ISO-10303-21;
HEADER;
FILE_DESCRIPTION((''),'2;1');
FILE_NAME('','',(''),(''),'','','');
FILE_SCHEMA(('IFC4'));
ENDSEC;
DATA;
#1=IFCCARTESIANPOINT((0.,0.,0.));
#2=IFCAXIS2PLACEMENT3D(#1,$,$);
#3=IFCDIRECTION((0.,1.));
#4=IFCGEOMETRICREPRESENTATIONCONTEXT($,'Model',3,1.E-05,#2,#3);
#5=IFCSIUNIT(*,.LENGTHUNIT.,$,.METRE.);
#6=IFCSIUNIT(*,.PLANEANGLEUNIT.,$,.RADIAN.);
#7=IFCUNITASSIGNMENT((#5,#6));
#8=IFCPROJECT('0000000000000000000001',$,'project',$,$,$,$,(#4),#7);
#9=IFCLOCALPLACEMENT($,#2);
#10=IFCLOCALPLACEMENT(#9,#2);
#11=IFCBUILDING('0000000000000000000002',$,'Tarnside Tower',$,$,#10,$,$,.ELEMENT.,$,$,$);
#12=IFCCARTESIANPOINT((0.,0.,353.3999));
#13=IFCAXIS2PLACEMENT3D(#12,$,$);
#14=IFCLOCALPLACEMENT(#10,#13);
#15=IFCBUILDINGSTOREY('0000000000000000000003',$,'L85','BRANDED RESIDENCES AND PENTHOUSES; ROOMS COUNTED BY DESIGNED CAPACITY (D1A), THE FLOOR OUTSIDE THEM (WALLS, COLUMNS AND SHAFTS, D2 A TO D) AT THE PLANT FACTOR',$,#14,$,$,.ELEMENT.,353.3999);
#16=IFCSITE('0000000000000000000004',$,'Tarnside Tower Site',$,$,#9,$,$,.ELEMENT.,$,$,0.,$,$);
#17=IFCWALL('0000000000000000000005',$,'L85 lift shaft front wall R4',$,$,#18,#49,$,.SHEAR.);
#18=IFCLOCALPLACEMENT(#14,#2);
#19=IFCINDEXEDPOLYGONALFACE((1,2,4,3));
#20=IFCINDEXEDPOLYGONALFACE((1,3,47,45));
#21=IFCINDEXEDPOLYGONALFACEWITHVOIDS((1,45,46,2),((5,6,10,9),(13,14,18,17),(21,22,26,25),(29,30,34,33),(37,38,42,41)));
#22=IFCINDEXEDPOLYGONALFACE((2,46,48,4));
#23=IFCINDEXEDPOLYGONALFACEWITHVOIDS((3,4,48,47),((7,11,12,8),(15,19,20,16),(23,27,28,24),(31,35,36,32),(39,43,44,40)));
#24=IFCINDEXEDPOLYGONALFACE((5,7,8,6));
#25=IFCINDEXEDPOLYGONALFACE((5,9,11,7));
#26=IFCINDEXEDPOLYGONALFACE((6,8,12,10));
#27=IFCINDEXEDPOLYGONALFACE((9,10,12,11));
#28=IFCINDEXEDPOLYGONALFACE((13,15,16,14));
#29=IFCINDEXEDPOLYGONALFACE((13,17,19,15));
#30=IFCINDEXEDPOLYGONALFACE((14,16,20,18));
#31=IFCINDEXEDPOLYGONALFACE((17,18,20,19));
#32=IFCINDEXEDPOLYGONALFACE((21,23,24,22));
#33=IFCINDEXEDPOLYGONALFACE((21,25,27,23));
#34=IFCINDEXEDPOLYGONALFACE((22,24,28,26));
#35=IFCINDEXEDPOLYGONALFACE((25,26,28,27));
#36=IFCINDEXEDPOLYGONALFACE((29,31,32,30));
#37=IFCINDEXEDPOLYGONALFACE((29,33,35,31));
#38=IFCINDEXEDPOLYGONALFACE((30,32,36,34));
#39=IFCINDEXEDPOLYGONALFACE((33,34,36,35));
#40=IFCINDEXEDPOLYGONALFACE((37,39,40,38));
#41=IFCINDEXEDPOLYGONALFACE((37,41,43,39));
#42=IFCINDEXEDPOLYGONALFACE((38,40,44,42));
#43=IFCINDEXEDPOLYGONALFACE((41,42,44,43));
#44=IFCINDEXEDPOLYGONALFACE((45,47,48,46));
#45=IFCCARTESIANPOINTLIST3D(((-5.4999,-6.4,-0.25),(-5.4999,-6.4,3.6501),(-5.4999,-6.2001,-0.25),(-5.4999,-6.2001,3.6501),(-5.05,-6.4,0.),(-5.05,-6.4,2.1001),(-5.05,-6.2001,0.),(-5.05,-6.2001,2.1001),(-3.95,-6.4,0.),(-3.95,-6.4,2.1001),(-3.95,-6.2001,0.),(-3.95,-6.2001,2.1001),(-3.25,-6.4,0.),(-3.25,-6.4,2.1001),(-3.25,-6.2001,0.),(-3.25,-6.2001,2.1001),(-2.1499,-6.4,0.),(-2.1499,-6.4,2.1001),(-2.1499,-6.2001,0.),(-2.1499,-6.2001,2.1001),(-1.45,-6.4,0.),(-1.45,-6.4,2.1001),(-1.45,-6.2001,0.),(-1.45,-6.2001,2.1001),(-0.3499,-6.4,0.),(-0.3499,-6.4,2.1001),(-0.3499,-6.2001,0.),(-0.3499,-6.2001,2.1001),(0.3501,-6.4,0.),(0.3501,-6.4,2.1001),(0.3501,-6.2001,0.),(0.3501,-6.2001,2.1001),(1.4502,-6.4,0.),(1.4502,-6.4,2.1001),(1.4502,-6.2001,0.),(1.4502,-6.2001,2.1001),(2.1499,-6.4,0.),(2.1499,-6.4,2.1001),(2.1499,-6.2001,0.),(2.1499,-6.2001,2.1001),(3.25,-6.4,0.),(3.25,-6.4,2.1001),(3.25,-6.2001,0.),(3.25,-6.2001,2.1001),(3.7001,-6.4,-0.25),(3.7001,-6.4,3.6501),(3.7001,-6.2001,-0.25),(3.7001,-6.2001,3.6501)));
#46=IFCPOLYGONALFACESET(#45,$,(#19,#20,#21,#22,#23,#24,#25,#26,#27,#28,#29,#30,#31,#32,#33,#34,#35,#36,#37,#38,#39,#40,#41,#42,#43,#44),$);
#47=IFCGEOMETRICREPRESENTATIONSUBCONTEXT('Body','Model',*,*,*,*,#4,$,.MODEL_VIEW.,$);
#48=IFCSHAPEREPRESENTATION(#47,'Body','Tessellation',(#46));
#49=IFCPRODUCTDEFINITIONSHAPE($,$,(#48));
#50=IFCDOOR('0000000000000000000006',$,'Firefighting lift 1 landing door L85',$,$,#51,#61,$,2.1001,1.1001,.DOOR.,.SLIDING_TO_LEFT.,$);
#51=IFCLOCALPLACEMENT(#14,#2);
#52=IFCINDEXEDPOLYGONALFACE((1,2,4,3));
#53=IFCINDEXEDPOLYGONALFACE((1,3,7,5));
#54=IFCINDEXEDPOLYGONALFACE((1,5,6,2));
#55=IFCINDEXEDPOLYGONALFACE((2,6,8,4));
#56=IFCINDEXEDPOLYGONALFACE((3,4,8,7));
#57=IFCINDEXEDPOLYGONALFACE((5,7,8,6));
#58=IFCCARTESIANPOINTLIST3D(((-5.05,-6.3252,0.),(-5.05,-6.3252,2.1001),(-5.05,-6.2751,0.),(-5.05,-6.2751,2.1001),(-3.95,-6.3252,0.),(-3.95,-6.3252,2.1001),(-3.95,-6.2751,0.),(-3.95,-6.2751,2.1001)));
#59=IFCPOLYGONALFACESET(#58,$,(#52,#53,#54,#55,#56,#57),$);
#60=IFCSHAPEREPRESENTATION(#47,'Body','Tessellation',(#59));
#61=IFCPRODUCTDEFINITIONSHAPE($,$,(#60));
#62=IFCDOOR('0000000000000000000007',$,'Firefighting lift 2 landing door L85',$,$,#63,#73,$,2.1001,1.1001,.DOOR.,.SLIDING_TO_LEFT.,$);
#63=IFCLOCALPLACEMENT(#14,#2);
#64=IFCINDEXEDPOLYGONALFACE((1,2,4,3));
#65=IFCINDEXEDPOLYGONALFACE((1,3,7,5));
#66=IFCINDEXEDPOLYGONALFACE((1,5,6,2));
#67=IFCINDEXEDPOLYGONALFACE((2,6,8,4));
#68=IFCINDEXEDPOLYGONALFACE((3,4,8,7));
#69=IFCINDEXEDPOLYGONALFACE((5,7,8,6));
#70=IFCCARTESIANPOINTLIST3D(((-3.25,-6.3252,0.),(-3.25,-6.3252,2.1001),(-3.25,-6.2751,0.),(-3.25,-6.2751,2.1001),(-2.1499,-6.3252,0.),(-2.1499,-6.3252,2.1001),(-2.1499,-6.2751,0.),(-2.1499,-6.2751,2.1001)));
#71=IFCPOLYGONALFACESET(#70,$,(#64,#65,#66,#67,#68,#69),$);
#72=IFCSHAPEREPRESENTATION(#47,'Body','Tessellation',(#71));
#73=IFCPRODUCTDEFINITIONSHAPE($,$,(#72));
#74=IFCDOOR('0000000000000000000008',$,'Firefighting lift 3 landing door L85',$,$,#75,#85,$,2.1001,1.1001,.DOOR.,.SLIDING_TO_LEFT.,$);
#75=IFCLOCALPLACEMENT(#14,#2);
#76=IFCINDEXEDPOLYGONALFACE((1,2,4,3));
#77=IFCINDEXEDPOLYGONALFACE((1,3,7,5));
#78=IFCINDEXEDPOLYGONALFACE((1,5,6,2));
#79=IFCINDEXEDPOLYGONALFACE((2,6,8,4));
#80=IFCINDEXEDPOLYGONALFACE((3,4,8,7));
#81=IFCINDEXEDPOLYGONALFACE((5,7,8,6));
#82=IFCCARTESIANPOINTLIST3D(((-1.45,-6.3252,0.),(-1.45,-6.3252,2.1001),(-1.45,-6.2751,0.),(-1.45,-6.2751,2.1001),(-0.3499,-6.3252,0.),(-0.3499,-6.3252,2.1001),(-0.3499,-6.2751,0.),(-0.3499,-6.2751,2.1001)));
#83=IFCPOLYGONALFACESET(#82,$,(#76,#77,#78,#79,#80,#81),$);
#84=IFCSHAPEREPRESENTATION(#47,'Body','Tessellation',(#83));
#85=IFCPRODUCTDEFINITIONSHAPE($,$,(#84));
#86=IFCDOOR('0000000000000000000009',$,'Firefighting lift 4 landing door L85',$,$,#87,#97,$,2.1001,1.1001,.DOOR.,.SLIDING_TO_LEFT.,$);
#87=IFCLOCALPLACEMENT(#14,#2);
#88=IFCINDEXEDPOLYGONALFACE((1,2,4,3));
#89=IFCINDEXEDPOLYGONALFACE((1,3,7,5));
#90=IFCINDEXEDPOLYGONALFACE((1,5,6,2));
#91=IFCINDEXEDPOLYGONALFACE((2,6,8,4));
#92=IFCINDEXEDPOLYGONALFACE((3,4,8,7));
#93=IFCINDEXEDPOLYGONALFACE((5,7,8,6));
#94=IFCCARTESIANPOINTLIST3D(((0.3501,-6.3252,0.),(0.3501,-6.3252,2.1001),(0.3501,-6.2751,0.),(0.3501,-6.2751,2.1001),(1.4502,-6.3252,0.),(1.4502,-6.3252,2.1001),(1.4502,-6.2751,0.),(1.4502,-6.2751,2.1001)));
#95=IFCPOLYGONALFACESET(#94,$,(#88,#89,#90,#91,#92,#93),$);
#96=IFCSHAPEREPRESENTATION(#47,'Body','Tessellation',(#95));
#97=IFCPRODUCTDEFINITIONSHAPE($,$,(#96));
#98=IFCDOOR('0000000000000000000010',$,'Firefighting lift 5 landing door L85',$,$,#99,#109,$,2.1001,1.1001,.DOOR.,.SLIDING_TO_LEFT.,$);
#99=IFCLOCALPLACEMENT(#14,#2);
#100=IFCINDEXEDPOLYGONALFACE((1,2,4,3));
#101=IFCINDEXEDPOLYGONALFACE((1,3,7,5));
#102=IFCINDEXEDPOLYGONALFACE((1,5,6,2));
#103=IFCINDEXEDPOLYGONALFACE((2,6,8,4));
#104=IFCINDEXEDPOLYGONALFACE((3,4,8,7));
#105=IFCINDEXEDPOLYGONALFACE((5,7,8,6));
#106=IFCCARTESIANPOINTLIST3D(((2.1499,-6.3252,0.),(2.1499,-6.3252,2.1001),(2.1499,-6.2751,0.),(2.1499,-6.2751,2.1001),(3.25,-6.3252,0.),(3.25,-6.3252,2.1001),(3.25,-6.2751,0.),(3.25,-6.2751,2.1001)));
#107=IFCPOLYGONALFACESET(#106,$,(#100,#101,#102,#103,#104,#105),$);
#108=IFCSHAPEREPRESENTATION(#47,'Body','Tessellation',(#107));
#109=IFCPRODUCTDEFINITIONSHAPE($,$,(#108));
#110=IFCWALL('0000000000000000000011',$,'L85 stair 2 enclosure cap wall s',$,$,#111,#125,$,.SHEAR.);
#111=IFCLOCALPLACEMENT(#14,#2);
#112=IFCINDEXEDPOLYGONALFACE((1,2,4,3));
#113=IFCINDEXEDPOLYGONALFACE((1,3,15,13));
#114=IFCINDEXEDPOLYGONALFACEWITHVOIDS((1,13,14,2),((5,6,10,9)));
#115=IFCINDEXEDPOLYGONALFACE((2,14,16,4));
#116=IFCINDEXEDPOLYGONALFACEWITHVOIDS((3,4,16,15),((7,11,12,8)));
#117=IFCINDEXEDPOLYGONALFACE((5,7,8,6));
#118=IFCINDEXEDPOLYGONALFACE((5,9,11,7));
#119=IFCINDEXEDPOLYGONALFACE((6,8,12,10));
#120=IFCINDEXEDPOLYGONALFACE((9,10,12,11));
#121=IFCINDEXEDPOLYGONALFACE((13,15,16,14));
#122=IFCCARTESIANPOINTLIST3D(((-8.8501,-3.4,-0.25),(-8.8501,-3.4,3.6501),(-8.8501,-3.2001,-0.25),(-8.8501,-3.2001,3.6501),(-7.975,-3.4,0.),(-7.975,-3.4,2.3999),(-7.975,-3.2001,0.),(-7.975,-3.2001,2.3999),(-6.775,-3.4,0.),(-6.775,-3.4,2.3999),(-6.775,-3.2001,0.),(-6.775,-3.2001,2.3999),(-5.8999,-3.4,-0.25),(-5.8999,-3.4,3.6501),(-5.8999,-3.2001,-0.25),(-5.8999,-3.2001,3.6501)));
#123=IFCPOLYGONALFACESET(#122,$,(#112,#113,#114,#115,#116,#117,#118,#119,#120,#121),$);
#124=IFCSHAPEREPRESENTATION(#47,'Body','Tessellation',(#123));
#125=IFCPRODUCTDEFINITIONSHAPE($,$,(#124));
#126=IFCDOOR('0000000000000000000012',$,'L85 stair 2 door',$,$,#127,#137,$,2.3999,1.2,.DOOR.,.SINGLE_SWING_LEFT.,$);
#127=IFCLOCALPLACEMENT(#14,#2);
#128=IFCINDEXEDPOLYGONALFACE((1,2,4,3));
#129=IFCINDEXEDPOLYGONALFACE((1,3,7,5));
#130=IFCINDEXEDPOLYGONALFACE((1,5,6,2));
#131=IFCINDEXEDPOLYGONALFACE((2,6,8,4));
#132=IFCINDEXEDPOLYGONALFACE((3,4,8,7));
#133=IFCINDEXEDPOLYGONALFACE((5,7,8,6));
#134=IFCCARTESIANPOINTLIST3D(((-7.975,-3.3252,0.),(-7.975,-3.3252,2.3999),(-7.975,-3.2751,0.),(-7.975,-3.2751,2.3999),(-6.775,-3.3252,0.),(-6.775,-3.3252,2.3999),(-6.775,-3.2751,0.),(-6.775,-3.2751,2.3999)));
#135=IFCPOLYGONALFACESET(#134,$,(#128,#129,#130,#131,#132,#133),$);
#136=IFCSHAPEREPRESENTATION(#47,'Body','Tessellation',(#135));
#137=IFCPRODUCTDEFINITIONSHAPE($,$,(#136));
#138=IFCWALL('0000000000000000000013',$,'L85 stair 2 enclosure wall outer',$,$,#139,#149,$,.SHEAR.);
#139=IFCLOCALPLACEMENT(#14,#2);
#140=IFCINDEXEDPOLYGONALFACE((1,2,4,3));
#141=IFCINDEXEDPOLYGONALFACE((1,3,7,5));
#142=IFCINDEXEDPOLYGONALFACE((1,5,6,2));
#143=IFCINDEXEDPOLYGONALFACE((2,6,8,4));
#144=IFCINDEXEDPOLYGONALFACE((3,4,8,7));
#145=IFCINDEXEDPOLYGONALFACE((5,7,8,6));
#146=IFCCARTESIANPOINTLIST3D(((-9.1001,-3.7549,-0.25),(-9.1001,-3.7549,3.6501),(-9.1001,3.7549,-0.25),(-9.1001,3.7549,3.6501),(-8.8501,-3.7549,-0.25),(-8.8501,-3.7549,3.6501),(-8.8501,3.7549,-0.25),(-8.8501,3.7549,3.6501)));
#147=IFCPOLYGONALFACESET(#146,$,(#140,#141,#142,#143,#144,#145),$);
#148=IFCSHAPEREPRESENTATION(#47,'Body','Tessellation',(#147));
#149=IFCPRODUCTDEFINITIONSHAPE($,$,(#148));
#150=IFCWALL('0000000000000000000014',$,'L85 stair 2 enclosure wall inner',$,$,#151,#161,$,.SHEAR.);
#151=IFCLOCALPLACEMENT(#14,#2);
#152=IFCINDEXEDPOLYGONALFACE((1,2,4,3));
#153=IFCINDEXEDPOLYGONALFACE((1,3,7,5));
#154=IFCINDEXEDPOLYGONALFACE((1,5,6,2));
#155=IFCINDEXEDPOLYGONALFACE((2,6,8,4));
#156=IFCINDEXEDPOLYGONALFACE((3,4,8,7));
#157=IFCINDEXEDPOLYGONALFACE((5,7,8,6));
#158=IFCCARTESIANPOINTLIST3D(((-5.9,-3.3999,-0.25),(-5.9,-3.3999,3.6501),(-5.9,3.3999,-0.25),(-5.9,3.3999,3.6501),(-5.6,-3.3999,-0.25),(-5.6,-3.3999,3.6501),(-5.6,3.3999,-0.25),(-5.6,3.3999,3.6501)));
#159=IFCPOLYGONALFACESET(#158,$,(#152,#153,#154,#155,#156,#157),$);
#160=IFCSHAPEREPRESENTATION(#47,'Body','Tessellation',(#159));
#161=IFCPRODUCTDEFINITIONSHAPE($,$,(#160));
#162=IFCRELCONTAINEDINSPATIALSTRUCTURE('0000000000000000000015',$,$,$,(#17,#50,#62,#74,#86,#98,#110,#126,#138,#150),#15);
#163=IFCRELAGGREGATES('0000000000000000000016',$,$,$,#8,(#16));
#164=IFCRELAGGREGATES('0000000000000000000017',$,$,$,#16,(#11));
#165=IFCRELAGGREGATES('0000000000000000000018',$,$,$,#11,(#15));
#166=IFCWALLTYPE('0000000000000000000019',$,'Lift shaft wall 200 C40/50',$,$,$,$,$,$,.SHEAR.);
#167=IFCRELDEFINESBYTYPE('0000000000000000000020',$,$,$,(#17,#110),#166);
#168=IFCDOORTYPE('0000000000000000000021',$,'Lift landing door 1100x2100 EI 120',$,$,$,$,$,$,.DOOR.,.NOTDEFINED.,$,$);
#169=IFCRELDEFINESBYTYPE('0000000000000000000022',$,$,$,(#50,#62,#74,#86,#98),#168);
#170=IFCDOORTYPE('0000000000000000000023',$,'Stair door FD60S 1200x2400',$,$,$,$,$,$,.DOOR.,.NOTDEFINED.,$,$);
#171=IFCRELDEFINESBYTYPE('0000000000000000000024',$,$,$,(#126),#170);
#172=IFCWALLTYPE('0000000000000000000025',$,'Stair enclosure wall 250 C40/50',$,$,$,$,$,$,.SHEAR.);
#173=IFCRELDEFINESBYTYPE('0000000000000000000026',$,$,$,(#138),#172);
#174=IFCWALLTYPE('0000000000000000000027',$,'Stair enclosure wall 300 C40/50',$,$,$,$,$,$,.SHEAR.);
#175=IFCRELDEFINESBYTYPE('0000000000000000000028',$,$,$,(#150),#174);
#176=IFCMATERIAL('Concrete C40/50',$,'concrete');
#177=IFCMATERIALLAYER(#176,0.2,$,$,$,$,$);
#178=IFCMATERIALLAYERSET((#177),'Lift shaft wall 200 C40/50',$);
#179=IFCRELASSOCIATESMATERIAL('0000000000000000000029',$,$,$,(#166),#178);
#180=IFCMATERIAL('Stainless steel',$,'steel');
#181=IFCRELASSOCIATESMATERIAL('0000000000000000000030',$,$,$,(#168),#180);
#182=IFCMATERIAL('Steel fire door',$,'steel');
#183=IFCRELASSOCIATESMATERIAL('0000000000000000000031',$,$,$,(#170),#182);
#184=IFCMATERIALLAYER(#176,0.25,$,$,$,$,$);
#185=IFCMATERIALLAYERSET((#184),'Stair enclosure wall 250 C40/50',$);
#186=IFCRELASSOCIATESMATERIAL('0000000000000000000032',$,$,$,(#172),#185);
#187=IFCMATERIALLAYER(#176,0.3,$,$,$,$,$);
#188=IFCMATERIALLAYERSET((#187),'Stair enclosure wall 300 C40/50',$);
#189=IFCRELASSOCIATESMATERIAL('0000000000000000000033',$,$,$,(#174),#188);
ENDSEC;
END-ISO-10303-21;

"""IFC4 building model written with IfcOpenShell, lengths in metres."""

from ifc_helpers import new_model, si_unit, direction, frame, frame_2d, origin, place, context, subcontext, project, spatial, rectangle, extrude, material, layer, layer_set, type_object, element, fill, save


model = new_model("IFC4")

# Units and contexts
model_context = context("Model", 3, precision=1e-05, world=origin(), true_north=direction((0.0, 1.0)))
body_context = subcontext(model_context, "Body", "Model", "MODEL_VIEW")
ifc_project = project(units=[si_unit("LENGTHUNIT", "METRE"), si_unit("PLANEANGLEUNIT", "RADIAN")], contexts=[model_context])

# Site, building, storey
site_placement = place(None, origin())
site = spatial("IfcSite", under=ifc_project, at=site_placement, Name="Tarnside Tower Site", CompositionType="ELEMENT", RefElevation=0.0)
building_placement = place(site_placement, origin())
building = spatial("IfcBuilding", under=site, at=building_placement, Name="Tarnside Tower", CompositionType="ELEMENT")
storey_placement = place(building_placement, frame((0.0, 0.0, 353.3999)))
storey = spatial("IfcBuildingStorey", under=building, at=storey_placement, Name="L85", Description="BRANDED RESIDENCES AND PENTHOUSES; ROOMS COUNTED BY DESIGNED CAPACITY (D1A), THE FLOOR OUTSIDE THEM (WALLS, COLUMNS AND SHAFTS, D2 A TO D) AT THE PLANT FACTOR", CompositionType="ELEMENT", Elevation=353.3999)

# Shared definitions
ifc_material_1 = material(Name="Concrete C40/50", Category="concrete")
ifc_material_2 = material(Name="Steel fire door", Category="steel")

# Shared definitions
ifc_layer_1 = layer(ifc_material_1, 0.2)
ifc_layer_set_1 = layer_set([ifc_layer_1], Name="Lift shaft wall 200 C40/50")
wall_type_1 = type_object("IfcWallType", Name="Lift shaft wall 200 C40/50", PredefinedType="SHEAR", material=ifc_layer_set_1)

# Wall, openings, doors
wall_1_placement = place(storey_placement, frame((-5.5, -6.3, -0.25), z_axis=(0.0, 0.0, 1.0), x_axis=(1.0, 0.0, 0.0)))
wall_1 = element("IfcWall", 1, at=wall_1_placement, inside=storey, type_object=wall_type_1, Name="L85 lift shaft front wall R4", PredefinedType="SHEAR", context=body_context, shape_type="SweptSolid", body=[
    extrude(rectangle(XDim=9.2, YDim=0.2, at=frame_2d((4.6001, 0.0))), origin(), (0.0, 0.0, 1.0), 3.9001),
])
opening_1_placement = place(wall_1_placement, frame((0.45, 0.0, 0.25)))
opening_1 = element("IfcOpeningElement", 2, at=opening_1_placement, cuts=wall_1, PredefinedType="OPENING", context=body_context, shape_type="SweptSolid", body=[
    extrude(rectangle(XDim=1.1001, YDim=2.1001, at=frame_2d((0.55, 1.05))), frame((0.0, 0.1099, 0.0), z_axis=(0.0, -1.0, 0.0), x_axis=(1.0, 0.0, 0.0)), (0.0, 0.0, 1.0), 0.22),
])
opening_2_placement = place(wall_1_placement, frame((2.25, 0.0, 0.25)))
opening_2 = element("IfcOpeningElement", 3, at=opening_2_placement, cuts=wall_1, PredefinedType="OPENING", context=body_context, shape_type="SweptSolid", body=[
    extrude(rectangle(XDim=1.1001, YDim=2.1001, at=frame_2d((0.55, 1.05))), frame((0.0, 0.1099, 0.0), z_axis=(0.0, -1.0, 0.0), x_axis=(1.0, 0.0, 0.0)), (0.0, 0.0, 1.0), 0.22),
])
opening_3_placement = place(wall_1_placement, frame((4.05, 0.0, 0.25)))
opening_3 = element("IfcOpeningElement", 4, at=opening_3_placement, cuts=wall_1, PredefinedType="OPENING", context=body_context, shape_type="SweptSolid", body=[
    extrude(rectangle(XDim=1.1001, YDim=2.1001, at=frame_2d((0.55, 1.05))), frame((0.0, 0.1099, 0.0), z_axis=(0.0, -1.0, 0.0), x_axis=(1.0, 0.0, 0.0)), (0.0, 0.0, 1.0), 0.22),
])
opening_4_placement = place(wall_1_placement, frame((5.8501, 0.0, 0.25)))
opening_4 = element("IfcOpeningElement", 5, at=opening_4_placement, cuts=wall_1, PredefinedType="OPENING", context=body_context, shape_type="SweptSolid", body=[
    extrude(rectangle(XDim=1.1001, YDim=2.1001, at=frame_2d((0.55, 1.05))), frame((0.0, 0.1099, 0.0), z_axis=(0.0, -1.0, 0.0), x_axis=(1.0, 0.0, 0.0)), (0.0, 0.0, 1.0), 0.22),
])
opening_5_placement = place(wall_1_placement, frame((7.6499, 0.0, 0.25)))
opening_5 = element("IfcOpeningElement", 6, at=opening_5_placement, cuts=wall_1, PredefinedType="OPENING", context=body_context, shape_type="SweptSolid", body=[
    extrude(rectangle(XDim=1.1001, YDim=2.1001, at=frame_2d((0.55, 1.05))), frame((0.0, 0.1099, 0.0), z_axis=(0.0, -1.0, 0.0), x_axis=(1.0, 0.0, 0.0)), (0.0, 0.0, 1.0), 0.22),
])
ifc_material_3 = material(Name="Stainless steel", Category="steel")
door_type_1 = type_object("IfcDoorType", Name="Lift landing door 1100x2100 EI 120", OperationType="NOTDEFINED", PredefinedType="DOOR", material=ifc_material_3)
door_1_placement = place(opening_1_placement, origin())
door_1 = element("IfcDoor", 7, at=door_1_placement, inside=storey, type_object=door_type_1, Name="Firefighting lift 1 landing door L85", OperationType="SLIDING_TO_LEFT", OverallHeight=2.1001, OverallWidth=1.1001, PredefinedType="DOOR", context=body_context, shape_type="SweptSolid", body=[
    extrude(rectangle(XDim=1.1001, YDim=2.1001, at=frame_2d((0.55, 1.05))), frame((0.0, 0.0249, 0.0), z_axis=(0.0, -1.0, 0.0), x_axis=(1.0, 0.0, 0.0)), (0.0, 0.0, 1.0), 0.05),
])
fill(opening_1, door_1)
door_2_placement = place(opening_2_placement, origin())
door_2 = element("IfcDoor", 8, at=door_2_placement, inside=storey, type_object=door_type_1, Name="Firefighting lift 2 landing door L85", OperationType="SLIDING_TO_LEFT", OverallHeight=2.1001, OverallWidth=1.1001, PredefinedType="DOOR", context=body_context, shape_type="SweptSolid", body=[
    extrude(rectangle(XDim=1.1001, YDim=2.1001, at=frame_2d((0.55, 1.05))), frame((0.0, 0.0249, 0.0), z_axis=(0.0, -1.0, 0.0), x_axis=(1.0, 0.0, 0.0)), (0.0, 0.0, 1.0), 0.05),
])
fill(opening_2, door_2)
door_3_placement = place(opening_3_placement, origin())
door_3 = element("IfcDoor", 9, at=door_3_placement, inside=storey, type_object=door_type_1, Name="Firefighting lift 3 landing door L85", OperationType="SLIDING_TO_LEFT", OverallHeight=2.1001, OverallWidth=1.1001, PredefinedType="DOOR", context=body_context, shape_type="SweptSolid", body=[
    extrude(rectangle(XDim=1.1001, YDim=2.1001, at=frame_2d((0.55, 1.05))), frame((0.0, 0.0249, 0.0), z_axis=(0.0, -1.0, 0.0), x_axis=(1.0, 0.0, 0.0)), (0.0, 0.0, 1.0), 0.05),
])
fill(opening_3, door_3)
door_4_placement = place(opening_4_placement, origin())
door_4 = element("IfcDoor", 10, at=door_4_placement, inside=storey, type_object=door_type_1, Name="Firefighting lift 4 landing door L85", OperationType="SLIDING_TO_LEFT", OverallHeight=2.1001, OverallWidth=1.1001, PredefinedType="DOOR", context=body_context, shape_type="SweptSolid", body=[
    extrude(rectangle(XDim=1.1001, YDim=2.1001, at=frame_2d((0.55, 1.05))), frame((0.0, 0.0249, 0.0), z_axis=(0.0, -1.0, 0.0), x_axis=(1.0, 0.0, 0.0)), (0.0, 0.0, 1.0), 0.05),
])
fill(opening_4, door_4)
door_5_placement = place(opening_5_placement, origin())
door_5 = element("IfcDoor", 11, at=door_5_placement, inside=storey, type_object=door_type_1, Name="Firefighting lift 5 landing door L85", OperationType="SLIDING_TO_LEFT", OverallHeight=2.1001, OverallWidth=1.1001, PredefinedType="DOOR", context=body_context, shape_type="SweptSolid", body=[
    extrude(rectangle(XDim=1.1001, YDim=2.1001, at=frame_2d((0.55, 1.05))), frame((0.0, 0.0249, 0.0), z_axis=(0.0, -1.0, 0.0), x_axis=(1.0, 0.0, 0.0)), (0.0, 0.0, 1.0), 0.05),
])
fill(opening_5, door_5)

# Wall, opening, door
wall_2_placement = place(storey_placement, frame((-8.8501, -3.3, -0.25), z_axis=(0.0, 0.0, 1.0), x_axis=(1.0, 0.0, 0.0)))
wall_2 = element("IfcWall", 12, at=wall_2_placement, inside=storey, type_object=wall_type_1, Name="L85 stair 2 enclosure cap wall s", PredefinedType="SHEAR", context=body_context, shape_type="SweptSolid", body=[
    extrude(rectangle(XDim=2.9502, YDim=0.2, at=frame_2d((1.4751, 0.0))), origin(), (0.0, 0.0, 1.0), 3.9001),
])
opening_6_placement = place(wall_2_placement, frame((0.875, 0.0, 0.25)))
opening_6 = element("IfcOpeningElement", 13, at=opening_6_placement, cuts=wall_2, PredefinedType="OPENING", context=body_context, shape_type="SweptSolid", body=[
    extrude(rectangle(XDim=1.2, YDim=2.3999, at=frame_2d((0.6001, 1.2))), frame((0.0, 0.1099, 0.0), z_axis=(0.0, -1.0, 0.0), x_axis=(1.0, 0.0, 0.0)), (0.0, 0.0, 1.0), 0.22),
])
door_type_2 = type_object("IfcDoorType", Name="Stair door FD60S 1200x2400", OperationType="NOTDEFINED", PredefinedType="DOOR", material=ifc_material_2)
door_6_placement = place(opening_6_placement, origin())
door_6 = element("IfcDoor", 14, at=door_6_placement, inside=storey, type_object=door_type_2, Name="L85 stair 2 door", OperationType="SINGLE_SWING_LEFT", OverallHeight=2.3999, OverallWidth=1.2, PredefinedType="DOOR", context=body_context, shape_type="SweptSolid", body=[
    extrude(rectangle(XDim=1.2, YDim=2.3999, at=frame_2d((0.6001, 1.2))), frame((0.0, 0.0249, 0.0), z_axis=(0.0, -1.0, 0.0), x_axis=(1.0, 0.0, 0.0)), (0.0, 0.0, 1.0), 0.05),
])
fill(opening_6, door_6)

# Walls
ifc_layer_2 = layer(ifc_material_1, 0.25)
ifc_layer_set_2 = layer_set([ifc_layer_2], Name="Stair enclosure wall 250 C40/50")
wall_type_2 = type_object("IfcWallType", Name="Stair enclosure wall 250 C40/50", PredefinedType="SHEAR", material=ifc_layer_set_2)
wall_3_placement = place(storey_placement, frame((-8.9751, -3.7549, -0.25), z_axis=(0.0, 0.0, 1.0), x_axis=(0.0, 1.0, 0.0)))
element("IfcWall", 15, at=wall_3_placement, inside=storey, type_object=wall_type_2, Name="L85 stair 2 enclosure wall outer", PredefinedType="SHEAR", context=body_context, shape_type="SweptSolid", body=[
    extrude(rectangle(XDim=7.5098, YDim=0.25, at=frame_2d((3.7549, 0.0))), origin(), (0.0, 0.0, 1.0), 3.9001),
])
ifc_layer_3 = layer(ifc_material_1, 0.3)
ifc_layer_set_3 = layer_set([ifc_layer_3], Name="Stair enclosure wall 300 C40/50")
wall_type_3 = type_object("IfcWallType", Name="Stair enclosure wall 300 C40/50", PredefinedType="SHEAR", material=ifc_layer_set_3)
wall_4_placement = place(storey_placement, frame((-5.75, -3.3999, -0.25), z_axis=(0.0, 0.0, 1.0), x_axis=(0.0, 1.0, 0.0)))
element("IfcWall", 16, at=wall_4_placement, inside=storey, type_object=wall_type_3, Name="L85 stair 2 enclosure wall inner", PredefinedType="SHEAR", context=body_context, shape_type="SweptSolid", body=[
    extrude(rectangle(XDim=6.7998, YDim=0.3, at=frame_2d((3.3999, 0.0))), origin(), (0.0, 0.0, 1.0), 3.9001),
])

save(model, "model.ifc")
